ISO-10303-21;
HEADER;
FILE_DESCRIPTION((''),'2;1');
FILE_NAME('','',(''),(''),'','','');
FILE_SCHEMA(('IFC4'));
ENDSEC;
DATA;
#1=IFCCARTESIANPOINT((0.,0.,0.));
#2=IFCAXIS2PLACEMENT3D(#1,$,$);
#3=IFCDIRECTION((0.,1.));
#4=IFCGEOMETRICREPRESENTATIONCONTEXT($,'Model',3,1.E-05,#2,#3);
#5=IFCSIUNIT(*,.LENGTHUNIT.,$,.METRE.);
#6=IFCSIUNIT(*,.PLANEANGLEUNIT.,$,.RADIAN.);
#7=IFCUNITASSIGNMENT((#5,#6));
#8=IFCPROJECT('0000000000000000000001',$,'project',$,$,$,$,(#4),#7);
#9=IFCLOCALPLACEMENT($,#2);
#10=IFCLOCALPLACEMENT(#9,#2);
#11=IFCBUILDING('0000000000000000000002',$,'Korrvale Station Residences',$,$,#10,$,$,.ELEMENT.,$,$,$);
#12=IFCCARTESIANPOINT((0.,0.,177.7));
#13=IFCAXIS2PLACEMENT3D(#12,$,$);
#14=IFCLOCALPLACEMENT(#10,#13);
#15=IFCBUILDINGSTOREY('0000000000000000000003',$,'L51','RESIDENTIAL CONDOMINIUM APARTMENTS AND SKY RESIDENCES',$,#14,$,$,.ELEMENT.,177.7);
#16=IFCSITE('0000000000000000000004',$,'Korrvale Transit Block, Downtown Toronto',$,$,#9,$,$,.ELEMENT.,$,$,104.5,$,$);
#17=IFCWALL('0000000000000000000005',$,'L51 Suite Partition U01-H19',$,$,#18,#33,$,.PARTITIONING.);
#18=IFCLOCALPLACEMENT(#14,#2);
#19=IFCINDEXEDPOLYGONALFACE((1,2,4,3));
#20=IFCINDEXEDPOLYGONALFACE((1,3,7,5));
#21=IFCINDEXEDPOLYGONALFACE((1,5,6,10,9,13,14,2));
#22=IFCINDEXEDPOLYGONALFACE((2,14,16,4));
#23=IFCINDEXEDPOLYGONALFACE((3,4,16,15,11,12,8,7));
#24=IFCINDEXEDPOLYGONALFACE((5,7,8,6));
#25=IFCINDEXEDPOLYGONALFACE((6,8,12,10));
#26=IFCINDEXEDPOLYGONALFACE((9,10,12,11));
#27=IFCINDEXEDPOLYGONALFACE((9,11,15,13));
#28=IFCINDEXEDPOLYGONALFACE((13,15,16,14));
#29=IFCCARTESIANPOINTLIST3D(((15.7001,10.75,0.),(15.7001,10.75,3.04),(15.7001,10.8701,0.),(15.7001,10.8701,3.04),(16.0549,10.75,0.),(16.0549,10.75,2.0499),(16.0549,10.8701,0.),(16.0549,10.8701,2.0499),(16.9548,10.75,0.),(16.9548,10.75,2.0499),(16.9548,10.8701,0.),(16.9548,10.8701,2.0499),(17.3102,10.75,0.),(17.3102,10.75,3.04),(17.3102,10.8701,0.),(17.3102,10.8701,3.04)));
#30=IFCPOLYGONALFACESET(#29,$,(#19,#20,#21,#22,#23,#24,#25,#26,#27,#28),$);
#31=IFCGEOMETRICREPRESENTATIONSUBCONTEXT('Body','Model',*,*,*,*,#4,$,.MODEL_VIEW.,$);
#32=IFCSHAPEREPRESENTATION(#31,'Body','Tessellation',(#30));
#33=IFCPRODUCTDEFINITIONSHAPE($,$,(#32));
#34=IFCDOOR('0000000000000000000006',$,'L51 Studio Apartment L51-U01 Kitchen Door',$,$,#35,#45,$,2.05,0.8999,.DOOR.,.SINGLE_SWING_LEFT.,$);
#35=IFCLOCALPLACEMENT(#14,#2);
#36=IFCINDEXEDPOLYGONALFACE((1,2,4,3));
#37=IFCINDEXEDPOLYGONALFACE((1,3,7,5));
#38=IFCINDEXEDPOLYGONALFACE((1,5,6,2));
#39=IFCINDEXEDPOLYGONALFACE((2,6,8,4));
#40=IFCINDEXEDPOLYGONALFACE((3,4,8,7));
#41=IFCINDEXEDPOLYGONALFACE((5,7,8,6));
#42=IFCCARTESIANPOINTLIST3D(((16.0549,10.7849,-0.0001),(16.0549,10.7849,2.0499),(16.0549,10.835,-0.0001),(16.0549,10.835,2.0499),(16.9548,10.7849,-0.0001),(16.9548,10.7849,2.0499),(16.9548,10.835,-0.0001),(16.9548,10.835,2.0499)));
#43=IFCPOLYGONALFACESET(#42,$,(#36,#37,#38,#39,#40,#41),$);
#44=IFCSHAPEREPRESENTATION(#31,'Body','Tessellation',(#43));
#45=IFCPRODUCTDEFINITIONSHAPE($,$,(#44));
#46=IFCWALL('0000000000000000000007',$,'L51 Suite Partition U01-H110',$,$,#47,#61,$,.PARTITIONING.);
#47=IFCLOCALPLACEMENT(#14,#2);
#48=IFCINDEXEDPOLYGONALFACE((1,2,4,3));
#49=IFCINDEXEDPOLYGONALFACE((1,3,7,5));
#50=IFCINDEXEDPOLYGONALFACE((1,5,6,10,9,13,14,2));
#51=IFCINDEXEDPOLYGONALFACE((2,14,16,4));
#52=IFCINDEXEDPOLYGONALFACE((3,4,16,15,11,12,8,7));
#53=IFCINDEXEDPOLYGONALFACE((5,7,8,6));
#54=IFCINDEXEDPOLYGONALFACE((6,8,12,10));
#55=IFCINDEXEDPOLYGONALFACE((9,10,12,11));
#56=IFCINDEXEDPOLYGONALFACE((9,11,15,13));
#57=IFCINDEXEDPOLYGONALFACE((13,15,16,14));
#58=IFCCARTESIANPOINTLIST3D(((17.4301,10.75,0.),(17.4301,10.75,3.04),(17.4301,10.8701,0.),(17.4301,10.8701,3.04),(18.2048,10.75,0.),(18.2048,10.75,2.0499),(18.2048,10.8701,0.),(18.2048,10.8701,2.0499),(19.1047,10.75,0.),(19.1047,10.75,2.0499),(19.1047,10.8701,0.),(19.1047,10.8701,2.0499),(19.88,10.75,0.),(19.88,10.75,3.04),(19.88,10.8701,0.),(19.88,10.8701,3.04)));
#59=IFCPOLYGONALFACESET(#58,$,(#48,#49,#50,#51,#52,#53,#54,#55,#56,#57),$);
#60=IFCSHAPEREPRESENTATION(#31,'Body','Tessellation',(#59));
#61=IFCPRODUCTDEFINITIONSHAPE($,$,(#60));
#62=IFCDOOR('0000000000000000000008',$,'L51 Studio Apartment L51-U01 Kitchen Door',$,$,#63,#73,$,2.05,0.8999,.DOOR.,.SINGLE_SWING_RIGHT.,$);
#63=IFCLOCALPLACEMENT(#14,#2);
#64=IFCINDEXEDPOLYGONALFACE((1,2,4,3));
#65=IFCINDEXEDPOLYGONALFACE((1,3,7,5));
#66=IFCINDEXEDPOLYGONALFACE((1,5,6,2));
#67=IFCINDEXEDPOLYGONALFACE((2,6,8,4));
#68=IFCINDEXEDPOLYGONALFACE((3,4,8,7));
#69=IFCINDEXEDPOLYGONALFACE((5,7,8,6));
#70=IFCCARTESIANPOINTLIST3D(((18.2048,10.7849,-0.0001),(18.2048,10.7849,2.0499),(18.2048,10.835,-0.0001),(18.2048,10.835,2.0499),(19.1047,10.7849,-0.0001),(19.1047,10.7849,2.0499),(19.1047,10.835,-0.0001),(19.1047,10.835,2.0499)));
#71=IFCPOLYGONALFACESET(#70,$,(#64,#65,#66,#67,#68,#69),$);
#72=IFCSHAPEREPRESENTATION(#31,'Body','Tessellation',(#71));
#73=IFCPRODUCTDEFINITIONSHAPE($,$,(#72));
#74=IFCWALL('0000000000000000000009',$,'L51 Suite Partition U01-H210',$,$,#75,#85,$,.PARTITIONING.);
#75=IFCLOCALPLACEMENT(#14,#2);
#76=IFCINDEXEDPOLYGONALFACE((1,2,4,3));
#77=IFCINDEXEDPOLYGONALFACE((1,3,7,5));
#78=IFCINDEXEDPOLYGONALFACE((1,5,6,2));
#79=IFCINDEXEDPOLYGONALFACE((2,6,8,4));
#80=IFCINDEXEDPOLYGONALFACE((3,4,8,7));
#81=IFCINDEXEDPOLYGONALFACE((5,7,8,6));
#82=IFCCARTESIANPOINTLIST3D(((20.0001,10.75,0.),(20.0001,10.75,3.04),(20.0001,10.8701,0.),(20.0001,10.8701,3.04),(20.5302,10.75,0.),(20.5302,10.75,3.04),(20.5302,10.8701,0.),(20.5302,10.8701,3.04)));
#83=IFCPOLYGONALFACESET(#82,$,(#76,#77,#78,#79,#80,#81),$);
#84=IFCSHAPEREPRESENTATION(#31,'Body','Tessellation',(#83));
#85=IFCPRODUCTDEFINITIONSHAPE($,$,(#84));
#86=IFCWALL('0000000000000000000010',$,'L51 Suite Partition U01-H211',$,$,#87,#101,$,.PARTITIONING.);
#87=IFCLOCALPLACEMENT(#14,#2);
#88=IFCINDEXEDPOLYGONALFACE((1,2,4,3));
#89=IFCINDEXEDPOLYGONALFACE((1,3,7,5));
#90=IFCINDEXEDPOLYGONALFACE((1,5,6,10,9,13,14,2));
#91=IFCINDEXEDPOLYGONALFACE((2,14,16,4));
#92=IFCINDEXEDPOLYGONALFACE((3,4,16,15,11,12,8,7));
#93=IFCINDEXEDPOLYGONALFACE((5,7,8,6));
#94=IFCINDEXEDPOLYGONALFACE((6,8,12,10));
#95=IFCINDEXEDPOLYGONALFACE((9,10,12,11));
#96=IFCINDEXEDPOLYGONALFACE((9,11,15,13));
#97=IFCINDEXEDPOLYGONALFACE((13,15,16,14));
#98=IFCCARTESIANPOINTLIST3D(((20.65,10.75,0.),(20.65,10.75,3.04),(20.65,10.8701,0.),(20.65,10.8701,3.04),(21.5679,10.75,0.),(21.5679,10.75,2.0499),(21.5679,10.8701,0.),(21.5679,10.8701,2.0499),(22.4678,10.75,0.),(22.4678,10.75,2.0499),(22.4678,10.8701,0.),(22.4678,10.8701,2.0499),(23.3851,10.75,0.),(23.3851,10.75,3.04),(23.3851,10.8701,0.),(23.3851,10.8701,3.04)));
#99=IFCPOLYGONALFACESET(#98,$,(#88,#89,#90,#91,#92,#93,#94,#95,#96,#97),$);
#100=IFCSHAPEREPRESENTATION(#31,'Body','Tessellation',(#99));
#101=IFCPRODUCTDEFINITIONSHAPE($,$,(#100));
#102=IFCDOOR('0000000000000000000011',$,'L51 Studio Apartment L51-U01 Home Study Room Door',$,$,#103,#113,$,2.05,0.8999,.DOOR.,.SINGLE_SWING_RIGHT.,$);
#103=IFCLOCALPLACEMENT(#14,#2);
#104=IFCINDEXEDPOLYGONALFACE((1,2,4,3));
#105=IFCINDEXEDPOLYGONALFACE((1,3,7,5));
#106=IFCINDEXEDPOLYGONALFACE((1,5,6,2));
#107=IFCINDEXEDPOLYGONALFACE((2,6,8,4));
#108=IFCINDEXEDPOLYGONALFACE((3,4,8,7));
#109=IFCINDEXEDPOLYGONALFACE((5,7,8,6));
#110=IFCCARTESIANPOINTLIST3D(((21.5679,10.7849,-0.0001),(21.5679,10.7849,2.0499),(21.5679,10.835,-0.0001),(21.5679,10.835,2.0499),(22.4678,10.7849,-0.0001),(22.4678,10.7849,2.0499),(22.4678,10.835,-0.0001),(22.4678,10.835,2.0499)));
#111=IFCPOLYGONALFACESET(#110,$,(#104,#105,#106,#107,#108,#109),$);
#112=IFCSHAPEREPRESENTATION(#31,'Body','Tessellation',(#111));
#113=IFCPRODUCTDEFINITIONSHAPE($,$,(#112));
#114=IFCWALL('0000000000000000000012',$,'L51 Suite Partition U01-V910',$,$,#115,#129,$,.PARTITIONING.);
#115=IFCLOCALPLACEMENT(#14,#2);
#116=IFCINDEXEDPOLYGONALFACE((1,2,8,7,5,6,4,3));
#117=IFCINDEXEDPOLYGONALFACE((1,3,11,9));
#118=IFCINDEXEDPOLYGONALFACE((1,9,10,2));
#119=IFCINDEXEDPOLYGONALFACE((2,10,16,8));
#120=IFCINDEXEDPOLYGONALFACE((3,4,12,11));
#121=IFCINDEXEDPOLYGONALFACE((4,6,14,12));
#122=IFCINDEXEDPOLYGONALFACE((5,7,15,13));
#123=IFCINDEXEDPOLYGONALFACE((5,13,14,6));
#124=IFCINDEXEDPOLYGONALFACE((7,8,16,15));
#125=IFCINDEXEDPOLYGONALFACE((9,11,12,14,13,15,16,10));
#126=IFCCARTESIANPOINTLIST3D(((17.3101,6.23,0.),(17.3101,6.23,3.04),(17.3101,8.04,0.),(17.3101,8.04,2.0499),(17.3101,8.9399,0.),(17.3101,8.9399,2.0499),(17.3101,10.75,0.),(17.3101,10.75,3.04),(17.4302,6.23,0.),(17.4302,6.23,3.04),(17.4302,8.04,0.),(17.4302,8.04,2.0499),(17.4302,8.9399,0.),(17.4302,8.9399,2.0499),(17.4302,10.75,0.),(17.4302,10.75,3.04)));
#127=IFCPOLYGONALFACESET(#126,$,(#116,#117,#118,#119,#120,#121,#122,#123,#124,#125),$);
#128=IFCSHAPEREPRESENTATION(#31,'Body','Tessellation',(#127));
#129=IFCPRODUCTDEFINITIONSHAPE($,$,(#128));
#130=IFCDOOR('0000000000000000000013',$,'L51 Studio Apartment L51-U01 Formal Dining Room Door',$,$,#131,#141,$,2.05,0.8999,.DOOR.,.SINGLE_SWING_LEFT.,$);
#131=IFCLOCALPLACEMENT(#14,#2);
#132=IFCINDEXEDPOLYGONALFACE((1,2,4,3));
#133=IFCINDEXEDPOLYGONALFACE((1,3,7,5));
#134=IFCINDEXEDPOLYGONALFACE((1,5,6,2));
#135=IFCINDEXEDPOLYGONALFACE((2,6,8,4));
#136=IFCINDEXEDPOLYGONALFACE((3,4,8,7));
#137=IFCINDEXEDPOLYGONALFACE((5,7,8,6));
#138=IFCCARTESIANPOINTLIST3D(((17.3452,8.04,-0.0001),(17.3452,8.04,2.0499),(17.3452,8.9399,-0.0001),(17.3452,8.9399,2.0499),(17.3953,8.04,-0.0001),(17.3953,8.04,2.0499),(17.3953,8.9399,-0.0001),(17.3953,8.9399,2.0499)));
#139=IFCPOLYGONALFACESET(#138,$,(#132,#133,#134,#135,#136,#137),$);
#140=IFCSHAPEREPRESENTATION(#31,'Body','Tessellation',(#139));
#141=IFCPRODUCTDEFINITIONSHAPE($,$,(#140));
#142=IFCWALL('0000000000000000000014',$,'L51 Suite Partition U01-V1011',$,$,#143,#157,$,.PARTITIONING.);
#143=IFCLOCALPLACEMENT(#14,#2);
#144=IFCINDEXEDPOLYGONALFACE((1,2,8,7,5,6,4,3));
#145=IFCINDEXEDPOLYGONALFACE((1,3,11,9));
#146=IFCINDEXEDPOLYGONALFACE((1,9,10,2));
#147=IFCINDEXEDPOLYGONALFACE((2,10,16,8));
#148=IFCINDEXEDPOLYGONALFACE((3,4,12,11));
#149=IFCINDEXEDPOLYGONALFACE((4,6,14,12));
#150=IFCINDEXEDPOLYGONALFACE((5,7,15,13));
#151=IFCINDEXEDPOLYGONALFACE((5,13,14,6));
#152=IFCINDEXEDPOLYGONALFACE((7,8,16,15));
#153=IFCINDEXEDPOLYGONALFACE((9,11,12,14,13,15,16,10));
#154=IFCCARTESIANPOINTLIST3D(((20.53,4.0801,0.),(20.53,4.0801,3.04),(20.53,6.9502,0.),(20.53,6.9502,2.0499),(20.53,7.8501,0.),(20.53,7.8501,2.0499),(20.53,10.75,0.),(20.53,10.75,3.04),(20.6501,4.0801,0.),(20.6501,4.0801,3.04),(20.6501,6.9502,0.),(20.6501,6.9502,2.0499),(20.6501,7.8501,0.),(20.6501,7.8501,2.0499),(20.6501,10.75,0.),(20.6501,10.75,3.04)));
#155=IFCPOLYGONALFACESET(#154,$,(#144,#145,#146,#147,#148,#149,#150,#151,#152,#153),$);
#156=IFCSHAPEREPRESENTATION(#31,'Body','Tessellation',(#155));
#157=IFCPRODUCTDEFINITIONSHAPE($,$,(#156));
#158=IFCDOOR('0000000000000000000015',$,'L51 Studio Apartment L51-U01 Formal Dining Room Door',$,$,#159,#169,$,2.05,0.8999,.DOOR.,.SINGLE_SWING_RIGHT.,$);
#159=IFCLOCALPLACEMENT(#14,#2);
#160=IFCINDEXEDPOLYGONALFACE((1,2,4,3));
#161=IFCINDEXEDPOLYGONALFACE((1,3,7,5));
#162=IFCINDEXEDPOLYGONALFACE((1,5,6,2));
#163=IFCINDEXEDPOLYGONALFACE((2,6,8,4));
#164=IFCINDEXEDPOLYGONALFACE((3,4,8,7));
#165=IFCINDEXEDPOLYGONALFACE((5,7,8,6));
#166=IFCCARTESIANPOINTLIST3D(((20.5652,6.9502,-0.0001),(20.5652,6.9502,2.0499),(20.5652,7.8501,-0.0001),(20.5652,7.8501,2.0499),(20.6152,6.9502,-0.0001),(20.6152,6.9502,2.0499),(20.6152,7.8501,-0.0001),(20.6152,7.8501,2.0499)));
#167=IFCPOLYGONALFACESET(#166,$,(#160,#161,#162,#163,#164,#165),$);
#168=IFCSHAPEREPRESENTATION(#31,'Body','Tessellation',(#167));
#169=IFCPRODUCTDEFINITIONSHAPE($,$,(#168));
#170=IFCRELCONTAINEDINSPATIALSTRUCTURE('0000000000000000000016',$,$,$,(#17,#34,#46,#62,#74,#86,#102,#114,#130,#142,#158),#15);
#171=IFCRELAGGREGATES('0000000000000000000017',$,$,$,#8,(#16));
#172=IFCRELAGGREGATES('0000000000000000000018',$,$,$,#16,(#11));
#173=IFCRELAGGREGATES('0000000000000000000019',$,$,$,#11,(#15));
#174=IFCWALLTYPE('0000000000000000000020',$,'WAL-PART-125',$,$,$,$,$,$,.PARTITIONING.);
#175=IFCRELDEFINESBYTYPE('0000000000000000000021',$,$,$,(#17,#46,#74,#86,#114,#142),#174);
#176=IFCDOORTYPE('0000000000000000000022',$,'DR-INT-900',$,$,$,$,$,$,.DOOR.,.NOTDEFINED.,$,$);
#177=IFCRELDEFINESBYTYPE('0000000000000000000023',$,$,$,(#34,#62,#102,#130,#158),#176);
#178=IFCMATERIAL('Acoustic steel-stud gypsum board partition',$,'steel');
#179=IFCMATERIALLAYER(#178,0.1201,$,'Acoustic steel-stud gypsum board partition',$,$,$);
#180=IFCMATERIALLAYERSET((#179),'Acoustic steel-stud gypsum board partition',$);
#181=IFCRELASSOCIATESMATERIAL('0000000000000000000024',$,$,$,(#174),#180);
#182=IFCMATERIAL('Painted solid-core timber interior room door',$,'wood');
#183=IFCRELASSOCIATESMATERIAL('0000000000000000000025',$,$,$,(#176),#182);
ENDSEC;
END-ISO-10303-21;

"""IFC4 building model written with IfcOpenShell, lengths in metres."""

from ifc_helpers import new_model, si_unit, direction, frame, frame_2d, origin, place, context, subcontext, project, spatial, rectangle, extrude, material, layer, layer_set, type_object, element, fill, save


model = new_model("IFC4")

# Units and contexts
model_context = context("Model", 3, precision=1e-05, world=origin(), true_north=direction((0.0, 1.0)))
body_context = subcontext(model_context, "Body", "Model", "MODEL_VIEW")
ifc_project = project(units=[si_unit("LENGTHUNIT", "METRE"), si_unit("PLANEANGLEUNIT", "RADIAN")], contexts=[model_context])

# Site, building, storey
site_placement = place(None, origin())
site = spatial("IfcSite", under=ifc_project, at=site_placement, Name="Korrvale Transit Block, Downtown Toronto", CompositionType="ELEMENT", RefElevation=104.5)
building_placement = place(site_placement, origin())
building = spatial("IfcBuilding", under=site, at=building_placement, Name="Korrvale Station Residences", CompositionType="ELEMENT")
storey_placement = place(building_placement, frame((0.0, 0.0, 177.7)))
storey = spatial("IfcBuildingStorey", under=building, at=storey_placement, Name="L51", Description="RESIDENTIAL CONDOMINIUM APARTMENTS AND SKY RESIDENCES", CompositionType="ELEMENT", Elevation=177.7)

# Walls, openings, doors
ifc_material_1 = material(Name="Acoustic steel-stud gypsum board partition", Category="steel")
ifc_layer_1 = layer(ifc_material_1, 0.1201, Name="Acoustic steel-stud gypsum board partition")
ifc_layer_set_1 = layer_set([ifc_layer_1], Name="Acoustic steel-stud gypsum board partition")
wall_type_1 = type_object("IfcWallType", Name="WAL-PART-125", PredefinedType="PARTITIONING", material=ifc_layer_set_1)
ifc_material_2 = material(Name="Painted solid-core timber interior room door", Category="wood")
door_type_1 = type_object("IfcDoorType", Name="DR-INT-900", OperationType="NOTDEFINED", PredefinedType="DOOR", material=ifc_material_2)
wall_1_placement = place(storey_placement, frame((15.7, 10.8101, 0.0), z_axis=(0.0, 0.0, 1.0), x_axis=(1.0, 0.0, 0.0)))
wall_1 = element("IfcWall", 1, at=wall_1_placement, inside=storey, type_object=wall_type_1, Name="L51 Suite Partition U01-H19", PredefinedType="PARTITIONING", context=body_context, shape_type="SweptSolid", body=[
    extrude(rectangle(XDim=1.6101, YDim=0.1201, at=frame_2d((0.8052, 0.0))), origin(), (0.0, 0.0, 1.0), 3.04),
])
opening_1_placement = place(wall_1_placement, frame((0.355, 0.0, 0.0)))
opening_1 = element("IfcOpeningElement", 2, at=opening_1_placement, cuts=wall_1, PredefinedType="OPENING", context=body_context, shape_type="SweptSolid", body=[
    extrude(rectangle(XDim=0.8999, YDim=2.05, at=frame_2d((0.45, 1.0249))), frame((0.0, 0.0701, 0.0), z_axis=(0.0, -1.0, 0.0), x_axis=(1.0, 0.0, 0.0)), (0.0, 0.0, 1.0), 0.1401),
])
door_1_placement = place(opening_1_placement, origin())
door_1 = element("IfcDoor", 3, at=door_1_placement, inside=storey, type_object=door_type_1, Name="L51 Studio Apartment L51-U01 Kitchen Door", OperationType="SINGLE_SWING_LEFT", OverallHeight=2.05, OverallWidth=0.8999, PredefinedType="DOOR", context=body_context, shape_type="SweptSolid", body=[
    extrude(rectangle(XDim=0.8999, YDim=2.05, at=frame_2d((0.45, 1.0249))), frame((0.0, 0.0249, 0.0), z_axis=(0.0, -1.0, 0.0), x_axis=(1.0, 0.0, 0.0)), (0.0, 0.0, 1.0), 0.05),
])
fill(opening_1, door_1)
wall_2_placement = place(storey_placement, frame((17.4299, 10.8101, 0.0), z_axis=(0.0, 0.0, 1.0), x_axis=(1.0, 0.0, 0.0)))
wall_2 = element("IfcWall", 4, at=wall_2_placement, inside=storey, type_object=wall_type_1, Name="L51 Suite Partition U01-H110", PredefinedType="PARTITIONING", context=body_context, shape_type="SweptSolid", body=[
    extrude(rectangle(XDim=2.45, YDim=0.1201, at=frame_2d((1.2251, 0.0))), origin(), (0.0, 0.0, 1.0), 3.04),
])
opening_2_placement = place(wall_2_placement, frame((0.7749, 0.0, 0.0)))
opening_2 = element("IfcOpeningElement", 5, at=opening_2_placement, cuts=wall_2, PredefinedType="OPENING", context=body_context, shape_type="SweptSolid", body=[
    extrude(rectangle(XDim=0.8999, YDim=2.05, at=frame_2d((0.45, 1.0249))), frame((0.0, 0.0701, 0.0), z_axis=(0.0, -1.0, 0.0), x_axis=(1.0, 0.0, 0.0)), (0.0, 0.0, 1.0), 0.1401),
])
door_2_placement = place(opening_2_placement, origin())
door_2 = element("IfcDoor", 6, at=door_2_placement, inside=storey, type_object=door_type_1, Name="L51 Studio Apartment L51-U01 Kitchen Door", OperationType="SINGLE_SWING_RIGHT", OverallHeight=2.05, OverallWidth=0.8999, PredefinedType="DOOR", context=body_context, shape_type="SweptSolid", body=[
    extrude(rectangle(XDim=0.8999, YDim=2.05, at=frame_2d((0.45, 1.0249))), frame((0.0, 0.0249, 0.0), z_axis=(0.0, -1.0, 0.0), x_axis=(1.0, 0.0, 0.0)), (0.0, 0.0, 1.0), 0.05),
])
fill(opening_2, door_2)

# Wall
wall_3_placement = place(storey_placement, frame((20.0, 10.8101, 0.0), z_axis=(0.0, 0.0, 1.0), x_axis=(1.0, 0.0, 0.0)))
element("IfcWall", 7, at=wall_3_placement, inside=storey, type_object=wall_type_1, Name="L51 Suite Partition U01-H210", PredefinedType="PARTITIONING", context=body_context, shape_type="SweptSolid", body=[
    extrude(rectangle(XDim=0.53, YDim=0.1201, at=frame_2d((0.2651, 0.0))), origin(), (0.0, 0.0, 1.0), 3.04),
])

# Walls, openings, doors
wall_4_placement = place(storey_placement, frame((20.6499, 10.8101, 0.0), z_axis=(0.0, 0.0, 1.0), x_axis=(1.0, 0.0, 0.0)))
wall_4 = element("IfcWall", 8, at=wall_4_placement, inside=storey, type_object=wall_type_1, Name="L51 Suite Partition U01-H211", PredefinedType="PARTITIONING", context=body_context, shape_type="SweptSolid", body=[
    extrude(rectangle(XDim=2.7351, YDim=0.1201, at=frame_2d((1.3677, 0.0))), origin(), (0.0, 0.0, 1.0), 3.04),
])
opening_3_placement = place(wall_4_placement, frame((0.918, 0.0, 0.0)))
opening_3 = element("IfcOpeningElement", 9, at=opening_3_placement, cuts=wall_4, PredefinedType="OPENING", context=body_context, shape_type="SweptSolid", body=[
    extrude(rectangle(XDim=0.8999, YDim=2.05, at=frame_2d((0.45, 1.0249))), frame((0.0, 0.0701, 0.0), z_axis=(0.0, -1.0, 0.0), x_axis=(1.0, 0.0, 0.0)), (0.0, 0.0, 1.0), 0.1401),
])
door_3_placement = place(opening_3_placement, origin())
door_3 = element("IfcDoor", 10, at=door_3_placement, inside=storey, type_object=door_type_1, Name="L51 Studio Apartment L51-U01 Home Study Room Door", OperationType="SINGLE_SWING_RIGHT", OverallHeight=2.05, OverallWidth=0.8999, PredefinedType="DOOR", context=body_context, shape_type="SweptSolid", body=[
    extrude(rectangle(XDim=0.8999, YDim=2.05, at=frame_2d((0.45, 1.0249))), frame((0.0, 0.0249, 0.0), z_axis=(0.0, -1.0, 0.0), x_axis=(1.0, 0.0, 0.0)), (0.0, 0.0, 1.0), 0.05),
])
fill(opening_3, door_3)
wall_5_placement = place(storey_placement, frame((17.3701, 6.23, 0.0), z_axis=(0.0, 0.0, 1.0), x_axis=(0.0, 1.0, 0.0)))
wall_5 = element("IfcWall", 11, at=wall_5_placement, inside=storey, type_object=wall_type_1, Name="L51 Suite Partition U01-V910", PredefinedType="PARTITIONING", context=body_context, shape_type="SweptSolid", body=[
    extrude(rectangle(XDim=4.52, YDim=0.1201, at=frame_2d((2.26, 0.0))), origin(), (0.0, 0.0, 1.0), 3.04),
])
opening_4_placement = place(wall_5_placement, frame((1.8101, 0.0, 0.0)))
opening_4 = element("IfcOpeningElement", 12, at=opening_4_placement, cuts=wall_5, PredefinedType="OPENING", context=body_context, shape_type="SweptSolid", body=[
    extrude(rectangle(XDim=0.8999, YDim=2.05, at=frame_2d((0.45, 1.0249))), frame((0.0, 0.0701, 0.0), z_axis=(0.0, -1.0, 0.0), x_axis=(1.0, 0.0, 0.0)), (0.0, 0.0, 1.0), 0.1401),
])
door_4_placement = place(opening_4_placement, origin())
door_4 = element("IfcDoor", 13, at=door_4_placement, inside=storey, type_object=door_type_1, Name="L51 Studio Apartment L51-U01 Formal Dining Room Door", OperationType="SINGLE_SWING_LEFT", OverallHeight=2.05, OverallWidth=0.8999, PredefinedType="DOOR", context=body_context, shape_type="SweptSolid", body=[
    extrude(rectangle(XDim=0.8999, YDim=2.05, at=frame_2d((0.45, 1.0249))), frame((0.0, 0.0249, 0.0), z_axis=(0.0, -1.0, 0.0), x_axis=(1.0, 0.0, 0.0)), (0.0, 0.0, 1.0), 0.05),
])
fill(opening_4, door_4)
wall_6_placement = place(storey_placement, frame((20.5901, 4.0801, 0.0), z_axis=(0.0, 0.0, 1.0), x_axis=(0.0, 1.0, 0.0)))
wall_6 = element("IfcWall", 14, at=wall_6_placement, inside=storey, type_object=wall_type_1, Name="L51 Suite Partition U01-V1011", PredefinedType="PARTITIONING", context=body_context, shape_type="SweptSolid", body=[
    extrude(rectangle(XDim=6.6699, YDim=0.1201, at=frame_2d((3.335, 0.0))), origin(), (0.0, 0.0, 1.0), 3.04),
])
opening_5_placement = place(wall_6_placement, frame((2.8701, 0.0, 0.0)))
opening_5 = element("IfcOpeningElement", 15, at=opening_5_placement, cuts=wall_6, PredefinedType="OPENING", context=body_context, shape_type="SweptSolid", body=[
    extrude(rectangle(XDim=0.8999, YDim=2.05, at=frame_2d((0.45, 1.0249))), frame((0.0, 0.0701, 0.0), z_axis=(0.0, -1.0, 0.0), x_axis=(1.0, 0.0, 0.0)), (0.0, 0.0, 1.0), 0.1401),
])
door_5_placement = place(opening_5_placement, origin())
door_5 = element("IfcDoor", 16, at=door_5_placement, inside=storey, type_object=door_type_1, Name="L51 Studio Apartment L51-U01 Formal Dining Room Door", OperationType="SINGLE_SWING_RIGHT", OverallHeight=2.05, OverallWidth=0.8999, PredefinedType="DOOR", context=body_context, shape_type="SweptSolid", body=[
    extrude(rectangle(XDim=0.8999, YDim=2.05, at=frame_2d((0.45, 1.0249))), frame((0.0, 0.0249, 0.0), z_axis=(0.0, -1.0, 0.0), x_axis=(1.0, 0.0, 0.0)), (0.0, 0.0, 1.0), 0.05),
])
fill(opening_5, door_5)

save(model, "model.ifc")
